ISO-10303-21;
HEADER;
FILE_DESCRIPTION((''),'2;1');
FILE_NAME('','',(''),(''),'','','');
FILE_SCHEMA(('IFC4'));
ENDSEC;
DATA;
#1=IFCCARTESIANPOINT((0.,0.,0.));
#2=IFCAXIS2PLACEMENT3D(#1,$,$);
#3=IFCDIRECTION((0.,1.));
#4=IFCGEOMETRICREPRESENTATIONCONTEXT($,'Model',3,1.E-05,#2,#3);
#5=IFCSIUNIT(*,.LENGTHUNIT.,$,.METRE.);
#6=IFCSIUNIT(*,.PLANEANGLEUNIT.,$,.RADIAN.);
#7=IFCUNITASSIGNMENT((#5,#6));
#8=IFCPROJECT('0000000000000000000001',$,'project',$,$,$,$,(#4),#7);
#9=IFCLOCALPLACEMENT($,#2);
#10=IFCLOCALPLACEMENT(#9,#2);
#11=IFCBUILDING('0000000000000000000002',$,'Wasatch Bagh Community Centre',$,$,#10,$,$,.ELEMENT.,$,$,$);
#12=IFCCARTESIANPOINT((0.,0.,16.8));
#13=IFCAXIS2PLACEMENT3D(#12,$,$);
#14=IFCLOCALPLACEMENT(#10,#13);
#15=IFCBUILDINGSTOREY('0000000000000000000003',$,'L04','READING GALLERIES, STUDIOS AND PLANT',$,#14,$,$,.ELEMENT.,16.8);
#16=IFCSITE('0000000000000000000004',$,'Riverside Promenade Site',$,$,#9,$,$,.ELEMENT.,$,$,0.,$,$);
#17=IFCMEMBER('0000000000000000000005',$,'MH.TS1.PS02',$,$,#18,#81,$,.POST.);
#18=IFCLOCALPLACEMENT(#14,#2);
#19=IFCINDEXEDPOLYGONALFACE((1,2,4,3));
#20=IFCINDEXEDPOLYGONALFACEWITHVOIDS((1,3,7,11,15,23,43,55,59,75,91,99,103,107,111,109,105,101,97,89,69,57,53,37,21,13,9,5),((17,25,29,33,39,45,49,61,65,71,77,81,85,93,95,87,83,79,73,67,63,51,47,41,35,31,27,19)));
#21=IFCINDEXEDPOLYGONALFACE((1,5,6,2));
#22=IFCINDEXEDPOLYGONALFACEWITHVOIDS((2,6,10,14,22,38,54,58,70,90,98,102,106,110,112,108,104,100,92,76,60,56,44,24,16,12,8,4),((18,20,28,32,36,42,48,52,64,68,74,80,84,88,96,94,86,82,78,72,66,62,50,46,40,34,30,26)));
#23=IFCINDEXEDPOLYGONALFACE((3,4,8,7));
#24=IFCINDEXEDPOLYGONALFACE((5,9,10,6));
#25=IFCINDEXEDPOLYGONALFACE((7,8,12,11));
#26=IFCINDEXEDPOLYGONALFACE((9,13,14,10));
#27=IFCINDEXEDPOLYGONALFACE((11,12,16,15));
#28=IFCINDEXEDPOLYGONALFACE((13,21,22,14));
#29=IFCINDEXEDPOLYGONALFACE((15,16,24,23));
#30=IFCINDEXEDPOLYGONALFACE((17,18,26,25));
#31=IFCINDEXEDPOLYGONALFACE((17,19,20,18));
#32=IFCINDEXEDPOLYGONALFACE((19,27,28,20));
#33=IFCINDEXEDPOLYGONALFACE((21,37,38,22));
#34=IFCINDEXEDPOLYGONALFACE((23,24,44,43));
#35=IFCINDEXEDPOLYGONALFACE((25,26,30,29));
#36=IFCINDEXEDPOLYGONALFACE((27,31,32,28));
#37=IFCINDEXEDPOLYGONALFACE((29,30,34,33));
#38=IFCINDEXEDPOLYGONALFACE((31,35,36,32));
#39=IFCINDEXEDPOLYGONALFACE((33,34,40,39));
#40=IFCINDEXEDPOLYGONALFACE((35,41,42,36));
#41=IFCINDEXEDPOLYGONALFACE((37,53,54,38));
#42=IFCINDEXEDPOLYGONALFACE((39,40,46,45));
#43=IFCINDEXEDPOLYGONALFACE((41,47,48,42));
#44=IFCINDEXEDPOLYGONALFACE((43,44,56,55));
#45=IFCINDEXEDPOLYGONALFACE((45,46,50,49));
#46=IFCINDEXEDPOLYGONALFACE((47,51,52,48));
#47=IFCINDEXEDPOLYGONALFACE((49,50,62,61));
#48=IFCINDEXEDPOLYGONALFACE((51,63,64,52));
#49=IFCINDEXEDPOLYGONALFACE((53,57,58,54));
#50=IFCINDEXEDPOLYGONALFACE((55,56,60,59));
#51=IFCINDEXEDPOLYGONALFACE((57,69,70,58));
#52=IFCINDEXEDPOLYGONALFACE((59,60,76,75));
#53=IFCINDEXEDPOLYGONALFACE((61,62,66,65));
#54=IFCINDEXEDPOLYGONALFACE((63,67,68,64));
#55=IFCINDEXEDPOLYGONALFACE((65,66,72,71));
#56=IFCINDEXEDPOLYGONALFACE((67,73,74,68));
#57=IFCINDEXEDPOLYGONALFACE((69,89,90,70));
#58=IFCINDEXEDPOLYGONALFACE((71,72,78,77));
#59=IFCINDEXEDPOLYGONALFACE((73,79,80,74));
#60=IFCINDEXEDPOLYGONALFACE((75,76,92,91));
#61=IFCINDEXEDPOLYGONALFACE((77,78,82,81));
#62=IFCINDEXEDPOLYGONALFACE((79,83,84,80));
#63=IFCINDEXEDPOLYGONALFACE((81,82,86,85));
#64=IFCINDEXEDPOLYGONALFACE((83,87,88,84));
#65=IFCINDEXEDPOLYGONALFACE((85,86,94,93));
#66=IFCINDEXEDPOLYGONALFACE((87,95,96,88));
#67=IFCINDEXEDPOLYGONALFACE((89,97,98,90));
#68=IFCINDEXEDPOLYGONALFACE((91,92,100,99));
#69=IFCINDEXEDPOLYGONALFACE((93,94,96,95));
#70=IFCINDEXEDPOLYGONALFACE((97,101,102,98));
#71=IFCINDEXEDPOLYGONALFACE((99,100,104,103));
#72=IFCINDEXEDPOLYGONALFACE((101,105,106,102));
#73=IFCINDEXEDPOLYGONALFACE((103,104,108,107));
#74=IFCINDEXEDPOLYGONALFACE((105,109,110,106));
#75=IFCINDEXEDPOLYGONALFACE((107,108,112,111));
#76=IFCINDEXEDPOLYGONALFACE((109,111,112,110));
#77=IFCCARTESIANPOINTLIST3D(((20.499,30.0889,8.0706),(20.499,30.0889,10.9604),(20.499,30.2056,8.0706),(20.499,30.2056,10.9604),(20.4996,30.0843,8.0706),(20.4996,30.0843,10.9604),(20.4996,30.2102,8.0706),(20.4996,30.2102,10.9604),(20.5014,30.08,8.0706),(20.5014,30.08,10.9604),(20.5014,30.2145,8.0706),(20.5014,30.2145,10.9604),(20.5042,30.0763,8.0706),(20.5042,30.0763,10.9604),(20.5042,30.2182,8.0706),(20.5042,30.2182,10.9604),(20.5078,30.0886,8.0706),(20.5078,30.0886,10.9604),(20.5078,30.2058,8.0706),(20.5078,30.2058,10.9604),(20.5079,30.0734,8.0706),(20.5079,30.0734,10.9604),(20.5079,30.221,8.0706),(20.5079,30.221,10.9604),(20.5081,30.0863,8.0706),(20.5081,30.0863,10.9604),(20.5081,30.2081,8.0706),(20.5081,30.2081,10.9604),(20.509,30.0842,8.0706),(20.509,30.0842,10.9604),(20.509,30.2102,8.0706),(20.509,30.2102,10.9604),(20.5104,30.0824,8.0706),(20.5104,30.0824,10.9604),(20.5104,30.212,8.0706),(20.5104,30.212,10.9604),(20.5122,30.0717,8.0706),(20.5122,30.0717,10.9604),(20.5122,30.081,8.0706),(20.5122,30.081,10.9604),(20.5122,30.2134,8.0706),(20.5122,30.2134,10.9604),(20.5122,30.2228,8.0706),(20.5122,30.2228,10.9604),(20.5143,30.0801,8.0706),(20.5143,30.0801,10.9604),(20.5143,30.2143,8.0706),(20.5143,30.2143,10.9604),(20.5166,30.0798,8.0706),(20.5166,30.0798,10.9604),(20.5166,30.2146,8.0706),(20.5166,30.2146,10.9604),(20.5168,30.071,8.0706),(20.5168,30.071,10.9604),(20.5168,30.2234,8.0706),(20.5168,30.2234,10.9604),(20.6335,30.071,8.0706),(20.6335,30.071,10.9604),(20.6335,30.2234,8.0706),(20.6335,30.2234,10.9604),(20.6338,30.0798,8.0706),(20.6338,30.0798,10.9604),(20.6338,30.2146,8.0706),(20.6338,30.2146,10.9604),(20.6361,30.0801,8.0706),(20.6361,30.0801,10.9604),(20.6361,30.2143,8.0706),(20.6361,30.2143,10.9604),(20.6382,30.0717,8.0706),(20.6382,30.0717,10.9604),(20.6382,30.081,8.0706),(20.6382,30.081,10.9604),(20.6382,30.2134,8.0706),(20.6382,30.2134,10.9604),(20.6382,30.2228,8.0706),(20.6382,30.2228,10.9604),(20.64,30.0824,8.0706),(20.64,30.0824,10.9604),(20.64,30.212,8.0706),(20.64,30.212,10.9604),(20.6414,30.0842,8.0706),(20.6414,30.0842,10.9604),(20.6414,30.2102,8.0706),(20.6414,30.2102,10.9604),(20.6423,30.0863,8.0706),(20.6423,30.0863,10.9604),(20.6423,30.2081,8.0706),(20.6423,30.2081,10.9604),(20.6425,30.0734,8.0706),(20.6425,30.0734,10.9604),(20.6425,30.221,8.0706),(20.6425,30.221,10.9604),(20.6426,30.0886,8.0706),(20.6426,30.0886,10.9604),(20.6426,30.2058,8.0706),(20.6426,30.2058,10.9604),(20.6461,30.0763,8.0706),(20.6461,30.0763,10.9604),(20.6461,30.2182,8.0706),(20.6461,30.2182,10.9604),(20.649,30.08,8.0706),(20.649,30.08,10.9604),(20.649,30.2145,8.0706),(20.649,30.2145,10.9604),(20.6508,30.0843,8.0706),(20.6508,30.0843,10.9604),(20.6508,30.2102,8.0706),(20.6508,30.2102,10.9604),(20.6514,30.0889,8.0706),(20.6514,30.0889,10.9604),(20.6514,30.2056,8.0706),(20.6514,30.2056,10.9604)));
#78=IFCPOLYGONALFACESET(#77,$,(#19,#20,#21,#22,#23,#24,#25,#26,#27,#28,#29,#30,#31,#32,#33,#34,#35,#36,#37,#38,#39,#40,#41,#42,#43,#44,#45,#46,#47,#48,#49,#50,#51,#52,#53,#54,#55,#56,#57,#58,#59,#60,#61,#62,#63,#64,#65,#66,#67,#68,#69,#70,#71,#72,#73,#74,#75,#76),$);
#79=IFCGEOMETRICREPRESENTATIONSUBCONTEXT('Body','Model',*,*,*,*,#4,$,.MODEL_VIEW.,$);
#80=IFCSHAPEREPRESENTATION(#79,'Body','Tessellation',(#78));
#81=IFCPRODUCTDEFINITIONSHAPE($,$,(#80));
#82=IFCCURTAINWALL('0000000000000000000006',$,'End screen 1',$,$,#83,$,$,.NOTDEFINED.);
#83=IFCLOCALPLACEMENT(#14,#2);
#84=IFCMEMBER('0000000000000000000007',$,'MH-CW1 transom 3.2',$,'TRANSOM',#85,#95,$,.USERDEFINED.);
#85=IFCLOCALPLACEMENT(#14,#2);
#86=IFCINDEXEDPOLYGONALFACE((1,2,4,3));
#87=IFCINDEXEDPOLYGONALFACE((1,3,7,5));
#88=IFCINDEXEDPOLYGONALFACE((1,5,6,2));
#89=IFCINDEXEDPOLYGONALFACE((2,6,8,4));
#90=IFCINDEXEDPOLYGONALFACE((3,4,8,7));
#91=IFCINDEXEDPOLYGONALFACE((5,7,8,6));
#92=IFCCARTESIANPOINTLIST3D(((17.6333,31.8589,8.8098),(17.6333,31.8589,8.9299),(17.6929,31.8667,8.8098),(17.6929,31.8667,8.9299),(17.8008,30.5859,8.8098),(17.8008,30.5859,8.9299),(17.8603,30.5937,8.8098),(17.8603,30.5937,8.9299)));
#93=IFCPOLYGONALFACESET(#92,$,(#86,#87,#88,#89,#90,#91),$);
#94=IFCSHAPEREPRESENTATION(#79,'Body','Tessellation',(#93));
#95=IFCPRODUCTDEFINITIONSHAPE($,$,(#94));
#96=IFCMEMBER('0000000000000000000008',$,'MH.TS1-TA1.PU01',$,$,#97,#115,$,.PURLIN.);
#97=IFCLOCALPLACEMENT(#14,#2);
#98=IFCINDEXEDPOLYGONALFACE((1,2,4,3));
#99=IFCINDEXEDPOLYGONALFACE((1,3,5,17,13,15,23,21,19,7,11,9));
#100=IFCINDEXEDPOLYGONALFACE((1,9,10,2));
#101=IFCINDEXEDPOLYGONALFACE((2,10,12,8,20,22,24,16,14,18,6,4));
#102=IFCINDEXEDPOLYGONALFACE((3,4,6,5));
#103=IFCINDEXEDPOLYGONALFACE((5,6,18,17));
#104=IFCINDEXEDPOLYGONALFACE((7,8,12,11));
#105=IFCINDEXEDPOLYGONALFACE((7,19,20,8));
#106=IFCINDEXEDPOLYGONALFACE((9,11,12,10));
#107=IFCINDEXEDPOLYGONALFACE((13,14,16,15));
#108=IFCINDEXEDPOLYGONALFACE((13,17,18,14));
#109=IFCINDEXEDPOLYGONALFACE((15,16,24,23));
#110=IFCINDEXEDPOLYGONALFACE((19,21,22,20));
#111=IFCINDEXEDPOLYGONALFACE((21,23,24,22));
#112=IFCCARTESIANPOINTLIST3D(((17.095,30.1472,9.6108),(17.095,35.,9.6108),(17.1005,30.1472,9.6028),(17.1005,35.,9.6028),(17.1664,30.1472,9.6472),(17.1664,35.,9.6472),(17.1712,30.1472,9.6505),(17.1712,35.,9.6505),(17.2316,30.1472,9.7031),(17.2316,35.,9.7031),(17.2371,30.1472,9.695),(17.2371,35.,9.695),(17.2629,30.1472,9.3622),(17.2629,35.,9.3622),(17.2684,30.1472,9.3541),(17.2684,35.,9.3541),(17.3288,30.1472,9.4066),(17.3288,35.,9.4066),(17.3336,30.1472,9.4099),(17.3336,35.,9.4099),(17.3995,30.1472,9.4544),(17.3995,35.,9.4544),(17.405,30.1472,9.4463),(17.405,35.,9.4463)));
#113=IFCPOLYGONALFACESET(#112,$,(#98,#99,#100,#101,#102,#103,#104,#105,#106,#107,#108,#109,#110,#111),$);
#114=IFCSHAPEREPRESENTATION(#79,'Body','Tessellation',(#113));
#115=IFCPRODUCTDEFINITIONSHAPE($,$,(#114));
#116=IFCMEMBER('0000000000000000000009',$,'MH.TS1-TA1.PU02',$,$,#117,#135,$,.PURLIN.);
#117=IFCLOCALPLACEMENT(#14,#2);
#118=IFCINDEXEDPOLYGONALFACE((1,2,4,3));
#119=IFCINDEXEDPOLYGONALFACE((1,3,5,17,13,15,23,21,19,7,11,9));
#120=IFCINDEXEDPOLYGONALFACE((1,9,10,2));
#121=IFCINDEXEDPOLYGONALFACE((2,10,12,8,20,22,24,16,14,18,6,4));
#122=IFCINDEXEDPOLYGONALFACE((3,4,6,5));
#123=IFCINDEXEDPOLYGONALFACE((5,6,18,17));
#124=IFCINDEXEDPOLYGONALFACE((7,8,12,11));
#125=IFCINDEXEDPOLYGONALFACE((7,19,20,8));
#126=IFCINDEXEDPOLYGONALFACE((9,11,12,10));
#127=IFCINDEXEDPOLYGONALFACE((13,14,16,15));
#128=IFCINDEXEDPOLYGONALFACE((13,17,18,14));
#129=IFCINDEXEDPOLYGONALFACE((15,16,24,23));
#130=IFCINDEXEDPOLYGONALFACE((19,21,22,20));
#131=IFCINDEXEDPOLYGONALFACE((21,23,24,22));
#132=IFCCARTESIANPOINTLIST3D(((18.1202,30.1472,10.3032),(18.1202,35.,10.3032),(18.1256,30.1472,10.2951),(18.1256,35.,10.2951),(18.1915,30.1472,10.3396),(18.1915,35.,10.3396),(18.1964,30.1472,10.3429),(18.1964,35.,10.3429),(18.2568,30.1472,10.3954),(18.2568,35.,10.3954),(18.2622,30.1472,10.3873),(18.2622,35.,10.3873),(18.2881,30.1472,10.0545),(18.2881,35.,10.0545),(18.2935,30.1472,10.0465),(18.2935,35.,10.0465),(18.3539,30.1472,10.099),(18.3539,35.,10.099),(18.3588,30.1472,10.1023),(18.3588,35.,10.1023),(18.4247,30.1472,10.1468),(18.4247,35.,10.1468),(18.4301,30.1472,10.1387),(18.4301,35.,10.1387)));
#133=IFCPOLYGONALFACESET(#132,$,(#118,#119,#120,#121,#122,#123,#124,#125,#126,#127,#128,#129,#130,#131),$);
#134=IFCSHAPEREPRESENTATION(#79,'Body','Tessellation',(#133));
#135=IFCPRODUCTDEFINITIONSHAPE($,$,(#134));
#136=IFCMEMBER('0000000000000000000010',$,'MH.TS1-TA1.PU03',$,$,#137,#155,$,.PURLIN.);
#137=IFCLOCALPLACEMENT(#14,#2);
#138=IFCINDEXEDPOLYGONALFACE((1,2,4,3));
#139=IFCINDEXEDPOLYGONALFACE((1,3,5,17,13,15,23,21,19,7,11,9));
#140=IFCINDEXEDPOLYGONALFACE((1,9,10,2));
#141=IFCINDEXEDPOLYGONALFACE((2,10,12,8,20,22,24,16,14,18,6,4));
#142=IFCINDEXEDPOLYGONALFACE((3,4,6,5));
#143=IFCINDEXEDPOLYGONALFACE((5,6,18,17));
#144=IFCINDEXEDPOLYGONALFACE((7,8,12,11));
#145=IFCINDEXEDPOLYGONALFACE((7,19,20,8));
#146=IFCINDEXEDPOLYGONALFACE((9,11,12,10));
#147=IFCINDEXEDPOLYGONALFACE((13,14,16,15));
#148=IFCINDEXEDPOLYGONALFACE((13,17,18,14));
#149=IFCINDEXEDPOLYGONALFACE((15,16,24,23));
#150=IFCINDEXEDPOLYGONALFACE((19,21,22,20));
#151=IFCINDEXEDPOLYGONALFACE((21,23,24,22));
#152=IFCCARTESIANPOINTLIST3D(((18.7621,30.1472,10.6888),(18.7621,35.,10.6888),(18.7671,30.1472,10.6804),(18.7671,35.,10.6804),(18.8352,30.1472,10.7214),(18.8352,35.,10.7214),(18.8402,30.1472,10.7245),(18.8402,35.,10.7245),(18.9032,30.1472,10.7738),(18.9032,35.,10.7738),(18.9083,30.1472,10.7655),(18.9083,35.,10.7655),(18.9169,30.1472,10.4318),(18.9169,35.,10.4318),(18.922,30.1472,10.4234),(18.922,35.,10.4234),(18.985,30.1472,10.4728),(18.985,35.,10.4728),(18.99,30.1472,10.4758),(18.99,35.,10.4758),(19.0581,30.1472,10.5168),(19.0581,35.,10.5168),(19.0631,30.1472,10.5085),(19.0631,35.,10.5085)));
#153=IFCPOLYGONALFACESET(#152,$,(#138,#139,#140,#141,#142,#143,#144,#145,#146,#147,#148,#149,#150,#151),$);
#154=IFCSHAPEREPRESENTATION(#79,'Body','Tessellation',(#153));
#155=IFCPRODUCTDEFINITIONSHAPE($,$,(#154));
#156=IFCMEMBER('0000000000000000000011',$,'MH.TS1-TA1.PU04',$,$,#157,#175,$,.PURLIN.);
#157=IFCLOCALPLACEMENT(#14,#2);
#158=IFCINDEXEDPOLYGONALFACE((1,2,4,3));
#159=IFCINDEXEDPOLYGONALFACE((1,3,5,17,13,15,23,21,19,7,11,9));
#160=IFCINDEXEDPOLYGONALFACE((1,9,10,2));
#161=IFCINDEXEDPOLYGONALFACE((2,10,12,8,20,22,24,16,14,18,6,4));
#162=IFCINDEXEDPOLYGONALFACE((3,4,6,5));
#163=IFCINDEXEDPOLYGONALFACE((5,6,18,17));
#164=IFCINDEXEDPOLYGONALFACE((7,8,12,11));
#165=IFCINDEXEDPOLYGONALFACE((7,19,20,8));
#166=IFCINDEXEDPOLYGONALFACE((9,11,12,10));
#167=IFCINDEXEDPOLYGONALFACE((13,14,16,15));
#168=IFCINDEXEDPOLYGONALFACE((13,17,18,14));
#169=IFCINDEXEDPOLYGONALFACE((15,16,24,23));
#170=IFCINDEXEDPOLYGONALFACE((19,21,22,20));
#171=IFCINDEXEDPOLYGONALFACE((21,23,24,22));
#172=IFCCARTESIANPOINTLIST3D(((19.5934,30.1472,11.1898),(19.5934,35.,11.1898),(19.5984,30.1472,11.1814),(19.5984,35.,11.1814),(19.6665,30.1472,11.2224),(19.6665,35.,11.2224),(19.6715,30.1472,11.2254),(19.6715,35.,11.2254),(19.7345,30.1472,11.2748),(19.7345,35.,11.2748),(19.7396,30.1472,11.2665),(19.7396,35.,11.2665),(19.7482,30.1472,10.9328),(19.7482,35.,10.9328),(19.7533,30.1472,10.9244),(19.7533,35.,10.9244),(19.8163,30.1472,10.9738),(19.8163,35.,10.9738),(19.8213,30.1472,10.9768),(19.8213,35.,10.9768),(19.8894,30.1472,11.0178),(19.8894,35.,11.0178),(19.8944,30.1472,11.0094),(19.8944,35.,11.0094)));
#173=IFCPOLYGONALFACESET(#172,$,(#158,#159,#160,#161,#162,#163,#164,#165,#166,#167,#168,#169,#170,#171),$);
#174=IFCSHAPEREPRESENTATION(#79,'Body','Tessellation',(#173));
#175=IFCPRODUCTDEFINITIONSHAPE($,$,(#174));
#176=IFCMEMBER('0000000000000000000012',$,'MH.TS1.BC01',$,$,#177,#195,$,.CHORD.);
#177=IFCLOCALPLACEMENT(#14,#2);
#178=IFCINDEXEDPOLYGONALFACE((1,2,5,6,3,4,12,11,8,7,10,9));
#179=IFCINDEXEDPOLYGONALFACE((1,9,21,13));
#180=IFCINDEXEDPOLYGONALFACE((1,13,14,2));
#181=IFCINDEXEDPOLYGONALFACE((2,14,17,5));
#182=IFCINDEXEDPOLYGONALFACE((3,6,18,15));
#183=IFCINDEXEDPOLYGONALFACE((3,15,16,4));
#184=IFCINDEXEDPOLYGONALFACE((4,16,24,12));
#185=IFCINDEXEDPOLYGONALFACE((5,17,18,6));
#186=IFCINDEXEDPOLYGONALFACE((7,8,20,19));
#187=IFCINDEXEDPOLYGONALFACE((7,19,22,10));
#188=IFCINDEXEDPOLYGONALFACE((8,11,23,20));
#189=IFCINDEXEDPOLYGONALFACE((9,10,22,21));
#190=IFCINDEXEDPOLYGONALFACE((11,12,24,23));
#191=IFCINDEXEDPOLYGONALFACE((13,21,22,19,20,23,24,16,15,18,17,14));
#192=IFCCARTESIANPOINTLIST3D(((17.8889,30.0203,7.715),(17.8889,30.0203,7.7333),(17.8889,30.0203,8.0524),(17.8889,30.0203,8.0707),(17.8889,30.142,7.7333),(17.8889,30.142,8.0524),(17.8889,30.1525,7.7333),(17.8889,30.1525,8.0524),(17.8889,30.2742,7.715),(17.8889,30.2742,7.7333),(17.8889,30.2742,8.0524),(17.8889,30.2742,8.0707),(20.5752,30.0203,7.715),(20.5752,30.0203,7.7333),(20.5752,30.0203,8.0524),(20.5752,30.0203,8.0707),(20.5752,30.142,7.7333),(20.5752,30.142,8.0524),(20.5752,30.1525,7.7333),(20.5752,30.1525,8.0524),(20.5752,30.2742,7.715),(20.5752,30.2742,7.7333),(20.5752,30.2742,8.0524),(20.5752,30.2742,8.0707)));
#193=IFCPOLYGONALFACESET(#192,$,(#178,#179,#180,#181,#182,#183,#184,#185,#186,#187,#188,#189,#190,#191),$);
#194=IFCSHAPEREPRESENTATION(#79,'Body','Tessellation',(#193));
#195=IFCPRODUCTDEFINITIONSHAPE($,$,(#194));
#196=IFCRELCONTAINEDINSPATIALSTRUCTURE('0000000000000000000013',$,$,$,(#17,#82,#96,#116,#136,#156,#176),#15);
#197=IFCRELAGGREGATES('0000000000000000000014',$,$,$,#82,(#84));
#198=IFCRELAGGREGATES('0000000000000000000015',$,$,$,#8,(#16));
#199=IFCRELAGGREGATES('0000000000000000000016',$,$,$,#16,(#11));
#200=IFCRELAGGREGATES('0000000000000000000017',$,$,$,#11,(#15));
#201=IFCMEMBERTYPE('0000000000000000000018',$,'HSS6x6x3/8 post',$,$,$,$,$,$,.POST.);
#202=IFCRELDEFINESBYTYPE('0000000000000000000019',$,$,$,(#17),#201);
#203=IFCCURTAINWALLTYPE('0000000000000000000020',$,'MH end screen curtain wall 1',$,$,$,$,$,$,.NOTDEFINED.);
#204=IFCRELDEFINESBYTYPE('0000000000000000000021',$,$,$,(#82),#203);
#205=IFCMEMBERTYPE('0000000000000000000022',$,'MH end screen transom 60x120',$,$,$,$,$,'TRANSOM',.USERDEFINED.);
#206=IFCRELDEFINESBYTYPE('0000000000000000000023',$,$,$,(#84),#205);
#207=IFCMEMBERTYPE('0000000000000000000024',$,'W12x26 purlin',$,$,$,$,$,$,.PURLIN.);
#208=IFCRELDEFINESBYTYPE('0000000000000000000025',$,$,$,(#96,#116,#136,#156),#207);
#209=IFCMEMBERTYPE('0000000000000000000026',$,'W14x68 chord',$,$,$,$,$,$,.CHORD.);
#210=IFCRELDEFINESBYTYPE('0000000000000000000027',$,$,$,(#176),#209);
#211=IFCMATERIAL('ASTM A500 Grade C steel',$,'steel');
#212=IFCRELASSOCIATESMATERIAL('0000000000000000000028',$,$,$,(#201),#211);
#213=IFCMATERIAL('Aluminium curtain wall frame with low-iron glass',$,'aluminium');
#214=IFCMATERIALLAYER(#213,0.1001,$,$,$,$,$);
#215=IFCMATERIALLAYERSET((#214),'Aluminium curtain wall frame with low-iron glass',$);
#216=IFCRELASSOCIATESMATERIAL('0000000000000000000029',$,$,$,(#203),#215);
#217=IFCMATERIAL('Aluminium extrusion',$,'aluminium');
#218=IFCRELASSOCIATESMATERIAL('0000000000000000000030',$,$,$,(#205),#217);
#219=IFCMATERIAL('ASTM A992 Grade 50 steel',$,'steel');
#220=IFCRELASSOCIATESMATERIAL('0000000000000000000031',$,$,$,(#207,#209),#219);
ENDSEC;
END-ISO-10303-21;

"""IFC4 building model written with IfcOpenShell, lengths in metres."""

from ifc_helpers import new_model, si_unit, direction, frame, origin, origin_2d, place, context, subcontext, project, spatial, rectangle, hollow_rectangle, i_section, extrude, material, layer, layer_set, material_profile, profile_set, type_object, element, aggregate, save


model = new_model("IFC4")

# Units and contexts
model_context = context("Model", 3, precision=1e-05, world=origin(), true_north=direction((0.0, 1.0)))
body_context = subcontext(model_context, "Body", "Model", "MODEL_VIEW")
ifc_project = project(units=[si_unit("LENGTHUNIT", "METRE"), si_unit("PLANEANGLEUNIT", "RADIAN")], contexts=[model_context])

# Site, building, storey
site_placement = place(None, origin())
site = spatial("IfcSite", under=ifc_project, at=site_placement, Name="Riverside Promenade Site", CompositionType="ELEMENT", RefElevation=0.0)
building_placement = place(site_placement, origin())
building = spatial("IfcBuilding", under=site, at=building_placement, Name="Wasatch Bagh Community Centre", CompositionType="ELEMENT")
storey_placement = place(building_placement, frame((0.0, 0.0, 16.8)))
storey = spatial("IfcBuildingStorey", under=building, at=storey_placement, Name="L04", Description="READING GALLERIES, STUDIOS AND PLANT", CompositionType="ELEMENT", Elevation=16.8)

# Member
ifc_material_1 = material(Name="ASTM A500 Grade C steel", Category="steel")
ifc_material_profile_1 = material_profile(ifc_material_1, hollow_rectangle(XDim=0.1523, YDim=0.1523, WallThickness=0.0088, InnerFilletRadius=0.0088, OuterFilletRadius=0.0178, at=origin_2d()), Name="HSS6x6x3/8")
ifc_profile_set_1 = profile_set([ifc_material_profile_1], Name="ASTM A500 Grade C steel")
member_type_1 = type_object("IfcMemberType", Name="HSS6x6x3/8 post", PredefinedType="POST", material=ifc_profile_set_1)
member_1_placement = place(storey_placement, frame((20.5752, 30.1472, 8.0706), z_axis=(0.0, 0.0, 1.0), x_axis=(1.0, 0.0, 0.0)))
element("IfcMember", 1, at=member_1_placement, inside=storey, type_object=member_type_1, Name="MH.TS1.PS02", PredefinedType="POST", context=body_context, shape_type="SweptSolid", body=[
    extrude(hollow_rectangle(XDim=0.1523, YDim=0.1523, WallThickness=0.0088, InnerFilletRadius=0.0088, OuterFilletRadius=0.0178, at=origin_2d()), origin(), (0.0, 0.0, 1.0), 2.8899),
])

# Curtain wall, member
ifc_material_2 = material(Name="Aluminium curtain wall frame with low-iron glass", Category="aluminium")
ifc_layer_1 = layer(ifc_material_2, 0.1001)
ifc_layer_set_1 = layer_set([ifc_layer_1], Name="Aluminium curtain wall frame with low-iron glass")
curtain_wall_type = type_object("IfcCurtainWallType", Name="MH end screen curtain wall 1", PredefinedType="NOTDEFINED", material=ifc_layer_set_1)
curtain_wall_placement = place(storey_placement, origin())
curtain_wall = element("IfcCurtainWall", 2, at=curtain_wall_placement, inside=storey, type_object=curtain_wall_type, Name="End screen 1", PredefinedType="NOTDEFINED")
ifc_material_3 = material(Name="Aluminium extrusion", Category="aluminium")
ifc_material_profile_2 = material_profile(ifc_material_3, rectangle(XDim=0.0601, YDim=0.1201, at=origin_2d()), Name="AL 60x120")
ifc_profile_set_2 = profile_set([ifc_material_profile_2], Name="Aluminium extrusion")
member_type_2 = type_object("IfcMemberType", Name="MH end screen transom 60x120", ElementType="TRANSOM", PredefinedType="USERDEFINED", material=ifc_profile_set_2)
member_2_placement = place(storey_placement, frame((17.6631, 31.8628, 8.8699), z_axis=(0.130445, -0.991456, 0.0), x_axis=(0.991456, 0.130445, 0.0)))
member_2 = element("IfcMember", 3, at=member_2_placement, type_object=member_type_2, Name="MH-CW1 transom 3.2", ObjectType="TRANSOM", PredefinedType="USERDEFINED", context=body_context, shape_type="SweptSolid", body=[
    extrude(rectangle(XDim=0.0601, YDim=0.1201, at=origin_2d()), origin(), (0.0, 0.0, 1.0), 1.2839),
])

# Members
ifc_material_4 = material(Name="ASTM A992 Grade 50 steel", Category="steel")
ifc_material_profile_3 = material_profile(ifc_material_4, i_section(OverallWidth=0.1648, OverallDepth=0.3098, WebThickness=0.0059, FlangeThickness=0.0098, at=origin_2d()), Name="W12x26")
ifc_profile_set_3 = profile_set([ifc_material_profile_3], Name="ASTM A992 Grade 50 steel")
member_type_3 = type_object("IfcMemberType", Name="W12x26 purlin", PredefinedType="PURLIN", material=ifc_profile_set_3)
for number, where, z_axis, x_axis, name in (
    (4, (17.25, 30.1472, 9.5286), (0.0, 1.0, 0.0), (-0.828791, 0.0, -0.559559), "MH.TS1-TA1.PU01"),
    (5, (18.2751, 30.1472, 10.2209), (0.0, 1.0, 0.0), (-0.828791, 0.0, -0.559559), "MH.TS1-TA1.PU02"),
    (6, (18.9126, 30.1472, 10.5986), (0.0, 1.0, 0.0), (-0.856568, 0.0, -0.516034), "MH.TS1-TA1.PU03"),
    (7, (19.7439, 30.1472, 11.0996), (0.0, 1.0, 0.0), (-0.856568, 0.0, -0.516034), "MH.TS1-TA1.PU04"),
):
    element("IfcMember", number, at=place(storey_placement, frame(where, z_axis=z_axis, x_axis=x_axis)), inside=storey, type_object=member_type_3, Name=name, PredefinedType="PURLIN", context=body_context, shape_type="SweptSolid", body=[
        extrude(i_section(OverallWidth=0.1648, OverallDepth=0.3098, WebThickness=0.0059, FlangeThickness=0.0098, at=origin_2d()), origin(), (0.0, 0.0, 1.0), 4.8528),
    ])
ifc_material_profile_4 = material_profile(ifc_material_4, i_section(OverallWidth=0.2539, OverallDepth=0.3557, WebThickness=0.0105, FlangeThickness=0.0183, at=origin_2d()), Name="W14x68")
ifc_profile_set_4 = profile_set([ifc_material_profile_4], Name="ASTM A992 Grade 50 steel")
member_type_4 = type_object("IfcMemberType", Name="W14x68 chord", PredefinedType="CHORD", material=ifc_profile_set_4)
member_3_placement = place(storey_placement, frame((17.8889, 30.1472, 7.8928), z_axis=(1.0, 0.0, 0.0), x_axis=(0.0, 1.0, 0.0)))
element("IfcMember", 8, at=member_3_placement, inside=storey, type_object=member_type_4, Name="MH.TS1.BC01", PredefinedType="CHORD", context=body_context, shape_type="SweptSolid", body=[
    extrude(i_section(OverallWidth=0.2539, OverallDepth=0.3557, WebThickness=0.0105, FlangeThickness=0.0183, at=origin_2d()), origin(), (0.0, 0.0, 1.0), 2.6863),
])

aggregate(curtain_wall, [member_2])

save(model, "model.ifc")
